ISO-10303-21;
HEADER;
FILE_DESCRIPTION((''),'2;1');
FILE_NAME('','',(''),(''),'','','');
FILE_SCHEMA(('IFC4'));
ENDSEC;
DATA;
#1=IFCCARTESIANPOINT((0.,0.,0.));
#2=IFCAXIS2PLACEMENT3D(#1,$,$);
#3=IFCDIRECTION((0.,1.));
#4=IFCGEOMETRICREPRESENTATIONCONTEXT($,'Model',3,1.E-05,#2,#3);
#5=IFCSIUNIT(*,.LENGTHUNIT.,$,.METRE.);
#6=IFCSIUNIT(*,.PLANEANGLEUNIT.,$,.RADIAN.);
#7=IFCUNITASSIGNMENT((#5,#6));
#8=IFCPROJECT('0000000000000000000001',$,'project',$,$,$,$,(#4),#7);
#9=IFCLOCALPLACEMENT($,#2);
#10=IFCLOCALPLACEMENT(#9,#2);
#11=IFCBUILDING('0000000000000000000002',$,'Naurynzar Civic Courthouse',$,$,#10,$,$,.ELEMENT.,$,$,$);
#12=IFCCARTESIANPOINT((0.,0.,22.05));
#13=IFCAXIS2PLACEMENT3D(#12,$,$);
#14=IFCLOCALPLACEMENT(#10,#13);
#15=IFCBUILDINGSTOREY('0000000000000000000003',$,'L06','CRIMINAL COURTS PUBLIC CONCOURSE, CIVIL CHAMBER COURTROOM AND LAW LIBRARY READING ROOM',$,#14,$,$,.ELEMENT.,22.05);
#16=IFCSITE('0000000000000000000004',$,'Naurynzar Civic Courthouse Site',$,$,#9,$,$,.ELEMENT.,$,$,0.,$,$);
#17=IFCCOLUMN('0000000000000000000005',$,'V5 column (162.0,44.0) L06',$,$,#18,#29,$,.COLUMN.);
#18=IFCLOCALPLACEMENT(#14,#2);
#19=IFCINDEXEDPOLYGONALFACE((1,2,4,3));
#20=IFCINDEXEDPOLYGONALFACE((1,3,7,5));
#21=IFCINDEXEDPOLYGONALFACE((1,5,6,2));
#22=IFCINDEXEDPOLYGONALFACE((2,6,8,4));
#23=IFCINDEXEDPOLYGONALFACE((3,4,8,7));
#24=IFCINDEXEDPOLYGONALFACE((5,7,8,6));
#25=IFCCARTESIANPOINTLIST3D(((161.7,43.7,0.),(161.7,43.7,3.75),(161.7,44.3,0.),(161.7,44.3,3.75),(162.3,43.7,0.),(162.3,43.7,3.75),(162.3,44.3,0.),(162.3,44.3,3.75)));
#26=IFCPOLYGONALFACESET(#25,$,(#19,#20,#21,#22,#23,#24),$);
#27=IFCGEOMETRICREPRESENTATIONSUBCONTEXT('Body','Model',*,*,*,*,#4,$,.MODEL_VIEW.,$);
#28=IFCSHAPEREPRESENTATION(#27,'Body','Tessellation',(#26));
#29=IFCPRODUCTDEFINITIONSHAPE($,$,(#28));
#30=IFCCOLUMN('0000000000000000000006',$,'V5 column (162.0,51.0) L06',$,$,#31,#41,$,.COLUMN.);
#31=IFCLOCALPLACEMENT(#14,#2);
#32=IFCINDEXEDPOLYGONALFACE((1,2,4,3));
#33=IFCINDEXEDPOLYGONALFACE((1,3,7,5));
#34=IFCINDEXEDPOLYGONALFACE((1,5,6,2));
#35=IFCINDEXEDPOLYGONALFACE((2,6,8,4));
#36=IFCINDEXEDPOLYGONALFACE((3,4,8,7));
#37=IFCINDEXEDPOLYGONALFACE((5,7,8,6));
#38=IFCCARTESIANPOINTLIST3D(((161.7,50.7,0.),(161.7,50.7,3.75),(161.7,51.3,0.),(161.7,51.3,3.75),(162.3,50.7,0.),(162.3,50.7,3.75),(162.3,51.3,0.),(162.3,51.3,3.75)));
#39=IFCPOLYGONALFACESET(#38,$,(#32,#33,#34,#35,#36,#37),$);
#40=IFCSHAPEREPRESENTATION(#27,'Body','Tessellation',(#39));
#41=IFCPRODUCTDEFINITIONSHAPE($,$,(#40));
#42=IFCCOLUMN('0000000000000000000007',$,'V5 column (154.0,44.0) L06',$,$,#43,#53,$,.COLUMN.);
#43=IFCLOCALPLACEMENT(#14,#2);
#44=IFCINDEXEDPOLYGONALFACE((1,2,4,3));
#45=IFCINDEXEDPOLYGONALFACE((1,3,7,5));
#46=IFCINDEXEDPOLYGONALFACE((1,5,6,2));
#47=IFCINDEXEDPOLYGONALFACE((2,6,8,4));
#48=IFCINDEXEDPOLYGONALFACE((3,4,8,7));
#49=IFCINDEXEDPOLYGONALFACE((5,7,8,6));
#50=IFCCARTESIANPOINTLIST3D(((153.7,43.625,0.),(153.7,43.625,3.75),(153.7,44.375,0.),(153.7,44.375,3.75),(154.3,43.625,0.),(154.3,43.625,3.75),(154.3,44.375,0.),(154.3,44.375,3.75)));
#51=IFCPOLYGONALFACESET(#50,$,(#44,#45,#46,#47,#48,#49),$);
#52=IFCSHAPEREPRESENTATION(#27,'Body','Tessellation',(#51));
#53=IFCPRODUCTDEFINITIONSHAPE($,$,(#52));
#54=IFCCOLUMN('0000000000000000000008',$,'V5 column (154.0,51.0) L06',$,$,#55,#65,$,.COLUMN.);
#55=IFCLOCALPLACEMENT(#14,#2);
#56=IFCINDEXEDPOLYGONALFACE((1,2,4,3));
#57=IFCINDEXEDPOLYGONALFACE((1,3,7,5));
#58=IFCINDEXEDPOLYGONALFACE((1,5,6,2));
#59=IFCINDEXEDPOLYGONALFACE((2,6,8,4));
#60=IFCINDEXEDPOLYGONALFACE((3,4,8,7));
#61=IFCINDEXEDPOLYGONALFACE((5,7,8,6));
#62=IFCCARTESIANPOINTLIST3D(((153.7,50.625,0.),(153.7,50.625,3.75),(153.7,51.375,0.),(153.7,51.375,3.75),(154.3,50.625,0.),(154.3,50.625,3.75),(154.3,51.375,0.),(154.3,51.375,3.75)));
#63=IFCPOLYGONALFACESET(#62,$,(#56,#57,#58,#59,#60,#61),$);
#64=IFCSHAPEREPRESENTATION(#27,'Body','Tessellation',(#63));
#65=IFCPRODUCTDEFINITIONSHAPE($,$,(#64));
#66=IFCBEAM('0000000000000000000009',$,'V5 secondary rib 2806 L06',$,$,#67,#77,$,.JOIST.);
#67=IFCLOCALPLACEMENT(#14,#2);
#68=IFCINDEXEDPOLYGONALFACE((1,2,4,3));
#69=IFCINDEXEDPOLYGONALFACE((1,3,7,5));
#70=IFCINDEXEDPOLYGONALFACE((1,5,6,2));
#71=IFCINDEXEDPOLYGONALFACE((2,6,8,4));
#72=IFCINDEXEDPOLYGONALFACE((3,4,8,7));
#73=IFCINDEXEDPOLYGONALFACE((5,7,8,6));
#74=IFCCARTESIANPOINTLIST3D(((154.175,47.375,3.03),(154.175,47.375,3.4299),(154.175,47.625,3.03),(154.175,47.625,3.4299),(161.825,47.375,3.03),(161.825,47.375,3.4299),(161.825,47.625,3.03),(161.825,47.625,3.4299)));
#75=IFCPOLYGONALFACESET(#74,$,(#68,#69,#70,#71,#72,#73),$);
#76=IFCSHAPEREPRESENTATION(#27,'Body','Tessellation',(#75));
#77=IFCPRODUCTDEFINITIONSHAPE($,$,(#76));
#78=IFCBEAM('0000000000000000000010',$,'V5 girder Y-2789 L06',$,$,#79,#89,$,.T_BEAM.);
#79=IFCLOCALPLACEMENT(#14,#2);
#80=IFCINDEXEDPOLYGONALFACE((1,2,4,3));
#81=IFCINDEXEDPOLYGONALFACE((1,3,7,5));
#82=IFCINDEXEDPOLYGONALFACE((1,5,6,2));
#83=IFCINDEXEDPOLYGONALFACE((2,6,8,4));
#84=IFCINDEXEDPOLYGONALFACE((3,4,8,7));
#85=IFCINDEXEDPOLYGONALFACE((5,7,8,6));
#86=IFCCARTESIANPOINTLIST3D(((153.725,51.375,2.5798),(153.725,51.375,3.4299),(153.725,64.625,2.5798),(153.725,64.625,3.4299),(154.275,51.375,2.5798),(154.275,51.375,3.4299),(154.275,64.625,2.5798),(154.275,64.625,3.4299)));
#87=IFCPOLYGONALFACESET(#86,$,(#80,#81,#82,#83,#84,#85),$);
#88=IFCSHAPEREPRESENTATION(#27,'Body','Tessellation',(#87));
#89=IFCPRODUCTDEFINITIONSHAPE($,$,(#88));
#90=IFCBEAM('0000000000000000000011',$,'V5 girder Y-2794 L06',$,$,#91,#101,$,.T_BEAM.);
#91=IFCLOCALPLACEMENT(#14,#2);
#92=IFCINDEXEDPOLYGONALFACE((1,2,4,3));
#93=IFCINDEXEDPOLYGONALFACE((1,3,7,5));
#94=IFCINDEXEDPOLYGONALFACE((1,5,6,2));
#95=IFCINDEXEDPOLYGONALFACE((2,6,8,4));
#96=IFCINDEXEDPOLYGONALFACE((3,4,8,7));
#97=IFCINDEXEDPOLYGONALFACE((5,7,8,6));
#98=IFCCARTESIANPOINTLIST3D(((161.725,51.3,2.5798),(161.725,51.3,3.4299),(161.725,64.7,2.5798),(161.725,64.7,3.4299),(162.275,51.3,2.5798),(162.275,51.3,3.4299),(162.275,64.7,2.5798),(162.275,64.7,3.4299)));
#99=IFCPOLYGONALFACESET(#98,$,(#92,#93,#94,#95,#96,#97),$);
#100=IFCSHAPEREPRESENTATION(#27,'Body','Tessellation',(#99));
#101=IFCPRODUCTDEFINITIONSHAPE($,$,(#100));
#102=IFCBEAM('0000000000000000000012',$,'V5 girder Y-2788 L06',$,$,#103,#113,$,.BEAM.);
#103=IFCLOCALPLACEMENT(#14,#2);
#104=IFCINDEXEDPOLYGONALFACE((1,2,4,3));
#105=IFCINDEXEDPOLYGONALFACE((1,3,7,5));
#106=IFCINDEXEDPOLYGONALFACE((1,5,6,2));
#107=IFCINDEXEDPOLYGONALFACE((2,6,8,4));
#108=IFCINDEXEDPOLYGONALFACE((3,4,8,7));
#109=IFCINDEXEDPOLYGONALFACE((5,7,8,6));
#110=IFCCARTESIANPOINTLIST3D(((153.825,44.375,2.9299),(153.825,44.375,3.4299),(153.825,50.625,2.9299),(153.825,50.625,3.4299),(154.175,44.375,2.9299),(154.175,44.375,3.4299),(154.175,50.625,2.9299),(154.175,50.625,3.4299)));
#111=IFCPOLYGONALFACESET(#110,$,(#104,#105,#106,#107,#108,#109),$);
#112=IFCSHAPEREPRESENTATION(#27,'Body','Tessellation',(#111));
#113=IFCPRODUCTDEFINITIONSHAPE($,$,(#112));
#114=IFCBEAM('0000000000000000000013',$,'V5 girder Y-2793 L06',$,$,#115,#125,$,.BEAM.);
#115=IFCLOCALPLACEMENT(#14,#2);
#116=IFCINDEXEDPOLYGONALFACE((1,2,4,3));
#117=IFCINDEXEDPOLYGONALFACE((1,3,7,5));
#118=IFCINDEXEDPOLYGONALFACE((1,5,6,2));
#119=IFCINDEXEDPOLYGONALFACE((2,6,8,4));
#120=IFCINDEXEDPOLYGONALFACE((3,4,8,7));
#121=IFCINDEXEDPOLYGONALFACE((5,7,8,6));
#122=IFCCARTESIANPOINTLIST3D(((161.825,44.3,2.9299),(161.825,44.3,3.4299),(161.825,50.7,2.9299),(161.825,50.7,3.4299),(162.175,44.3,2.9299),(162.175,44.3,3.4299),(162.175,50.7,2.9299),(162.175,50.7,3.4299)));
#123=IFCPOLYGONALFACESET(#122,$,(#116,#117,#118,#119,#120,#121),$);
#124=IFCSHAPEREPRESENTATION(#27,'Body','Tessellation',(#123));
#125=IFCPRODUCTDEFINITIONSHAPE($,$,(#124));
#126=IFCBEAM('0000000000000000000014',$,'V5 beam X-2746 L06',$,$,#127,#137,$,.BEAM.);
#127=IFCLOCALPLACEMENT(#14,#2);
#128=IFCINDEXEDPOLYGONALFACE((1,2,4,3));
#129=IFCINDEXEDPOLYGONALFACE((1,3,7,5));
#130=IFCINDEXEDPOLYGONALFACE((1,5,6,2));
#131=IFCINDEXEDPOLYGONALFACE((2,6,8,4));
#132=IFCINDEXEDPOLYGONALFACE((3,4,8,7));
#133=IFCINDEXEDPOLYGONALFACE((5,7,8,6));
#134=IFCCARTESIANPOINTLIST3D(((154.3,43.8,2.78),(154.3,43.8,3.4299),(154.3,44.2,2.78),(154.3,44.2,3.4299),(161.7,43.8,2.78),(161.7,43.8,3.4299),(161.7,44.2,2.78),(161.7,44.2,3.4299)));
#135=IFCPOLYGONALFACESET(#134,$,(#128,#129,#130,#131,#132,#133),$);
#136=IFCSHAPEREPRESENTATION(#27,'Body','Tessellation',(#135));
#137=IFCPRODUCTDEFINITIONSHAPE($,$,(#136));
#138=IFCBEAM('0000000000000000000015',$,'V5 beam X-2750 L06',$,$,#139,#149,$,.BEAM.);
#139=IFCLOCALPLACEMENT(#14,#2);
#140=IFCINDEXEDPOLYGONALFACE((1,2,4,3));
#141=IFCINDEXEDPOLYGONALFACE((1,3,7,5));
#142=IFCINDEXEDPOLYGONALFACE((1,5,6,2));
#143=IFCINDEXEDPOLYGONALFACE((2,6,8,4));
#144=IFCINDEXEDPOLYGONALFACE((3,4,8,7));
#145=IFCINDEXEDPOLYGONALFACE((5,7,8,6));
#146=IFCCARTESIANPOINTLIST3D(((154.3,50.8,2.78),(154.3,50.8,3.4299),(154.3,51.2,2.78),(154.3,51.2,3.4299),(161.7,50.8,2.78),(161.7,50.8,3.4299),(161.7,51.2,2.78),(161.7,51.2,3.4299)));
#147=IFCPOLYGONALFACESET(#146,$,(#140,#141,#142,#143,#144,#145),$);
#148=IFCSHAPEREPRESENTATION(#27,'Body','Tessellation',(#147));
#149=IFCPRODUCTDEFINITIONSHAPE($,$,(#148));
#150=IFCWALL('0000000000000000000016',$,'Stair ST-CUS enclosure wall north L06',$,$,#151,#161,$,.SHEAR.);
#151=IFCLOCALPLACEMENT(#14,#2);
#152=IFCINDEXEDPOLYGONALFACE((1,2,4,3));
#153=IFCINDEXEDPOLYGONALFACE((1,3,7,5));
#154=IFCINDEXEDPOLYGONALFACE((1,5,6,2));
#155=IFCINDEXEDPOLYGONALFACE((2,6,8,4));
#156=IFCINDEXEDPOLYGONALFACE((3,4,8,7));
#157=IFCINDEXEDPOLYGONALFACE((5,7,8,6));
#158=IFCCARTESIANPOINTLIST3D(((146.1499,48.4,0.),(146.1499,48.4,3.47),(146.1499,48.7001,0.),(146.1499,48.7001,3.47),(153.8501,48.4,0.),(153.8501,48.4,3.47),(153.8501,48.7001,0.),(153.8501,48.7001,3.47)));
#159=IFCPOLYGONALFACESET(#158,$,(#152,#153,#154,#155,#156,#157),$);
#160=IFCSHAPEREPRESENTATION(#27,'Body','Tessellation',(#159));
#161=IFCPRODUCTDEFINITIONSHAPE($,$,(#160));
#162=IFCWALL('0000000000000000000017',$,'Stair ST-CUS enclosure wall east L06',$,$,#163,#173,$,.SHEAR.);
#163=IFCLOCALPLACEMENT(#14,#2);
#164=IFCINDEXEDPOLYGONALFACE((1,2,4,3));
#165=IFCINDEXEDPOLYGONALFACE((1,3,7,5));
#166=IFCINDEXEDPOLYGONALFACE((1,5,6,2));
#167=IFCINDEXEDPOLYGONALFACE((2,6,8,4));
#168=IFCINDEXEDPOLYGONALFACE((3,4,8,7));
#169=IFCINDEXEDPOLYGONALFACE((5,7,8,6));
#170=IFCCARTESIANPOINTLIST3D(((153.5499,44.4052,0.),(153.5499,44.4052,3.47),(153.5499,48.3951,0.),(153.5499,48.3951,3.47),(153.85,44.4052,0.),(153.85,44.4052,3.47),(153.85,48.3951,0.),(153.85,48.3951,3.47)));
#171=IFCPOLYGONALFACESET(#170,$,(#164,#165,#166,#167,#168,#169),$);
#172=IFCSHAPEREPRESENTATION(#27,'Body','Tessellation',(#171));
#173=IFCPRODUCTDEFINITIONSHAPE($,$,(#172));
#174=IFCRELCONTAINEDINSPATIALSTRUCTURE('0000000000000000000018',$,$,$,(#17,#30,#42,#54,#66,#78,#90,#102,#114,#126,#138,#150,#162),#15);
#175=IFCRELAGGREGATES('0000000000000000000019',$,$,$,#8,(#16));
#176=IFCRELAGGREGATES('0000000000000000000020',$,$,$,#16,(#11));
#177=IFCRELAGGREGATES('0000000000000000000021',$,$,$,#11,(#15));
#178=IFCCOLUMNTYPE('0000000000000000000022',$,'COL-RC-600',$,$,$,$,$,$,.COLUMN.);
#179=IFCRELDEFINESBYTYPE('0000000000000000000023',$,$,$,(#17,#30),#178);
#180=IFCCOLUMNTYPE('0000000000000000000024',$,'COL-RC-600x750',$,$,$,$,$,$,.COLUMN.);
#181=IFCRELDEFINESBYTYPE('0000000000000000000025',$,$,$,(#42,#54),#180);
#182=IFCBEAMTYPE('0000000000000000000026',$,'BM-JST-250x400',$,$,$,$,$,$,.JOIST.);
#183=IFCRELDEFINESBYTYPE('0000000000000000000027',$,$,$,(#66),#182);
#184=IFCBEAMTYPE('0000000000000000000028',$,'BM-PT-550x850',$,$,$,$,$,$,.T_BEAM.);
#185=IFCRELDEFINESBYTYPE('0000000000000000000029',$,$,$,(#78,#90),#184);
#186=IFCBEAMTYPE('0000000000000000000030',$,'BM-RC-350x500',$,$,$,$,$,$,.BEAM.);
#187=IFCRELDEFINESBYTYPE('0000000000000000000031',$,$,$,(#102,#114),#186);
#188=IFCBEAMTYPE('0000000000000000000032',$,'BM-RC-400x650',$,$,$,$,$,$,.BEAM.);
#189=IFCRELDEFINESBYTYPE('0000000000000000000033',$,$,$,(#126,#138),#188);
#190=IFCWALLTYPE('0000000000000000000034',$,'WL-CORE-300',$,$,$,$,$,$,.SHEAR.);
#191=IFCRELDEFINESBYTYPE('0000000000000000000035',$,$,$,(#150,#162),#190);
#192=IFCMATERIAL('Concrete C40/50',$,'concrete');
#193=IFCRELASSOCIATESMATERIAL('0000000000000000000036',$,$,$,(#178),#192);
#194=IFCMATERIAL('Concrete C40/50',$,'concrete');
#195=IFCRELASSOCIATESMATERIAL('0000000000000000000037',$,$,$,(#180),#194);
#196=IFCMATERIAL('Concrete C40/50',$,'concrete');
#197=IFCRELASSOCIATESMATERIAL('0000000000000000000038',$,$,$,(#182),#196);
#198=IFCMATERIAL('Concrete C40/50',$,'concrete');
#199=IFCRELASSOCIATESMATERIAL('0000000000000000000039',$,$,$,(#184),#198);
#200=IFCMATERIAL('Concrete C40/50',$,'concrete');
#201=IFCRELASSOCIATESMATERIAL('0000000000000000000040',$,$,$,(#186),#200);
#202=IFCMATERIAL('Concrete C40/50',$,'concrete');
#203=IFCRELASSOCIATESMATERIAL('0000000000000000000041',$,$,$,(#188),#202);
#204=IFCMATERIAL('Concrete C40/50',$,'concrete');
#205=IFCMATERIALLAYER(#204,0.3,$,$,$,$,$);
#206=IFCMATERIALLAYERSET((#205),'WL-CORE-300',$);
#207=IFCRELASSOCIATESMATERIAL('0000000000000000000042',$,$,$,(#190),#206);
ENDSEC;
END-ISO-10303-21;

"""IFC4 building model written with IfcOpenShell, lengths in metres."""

from ifc_helpers import new_model, si_unit, direction, frame, frame_2d, origin, origin_2d, place, context, subcontext, project, spatial, rectangle, extrude, material, layer, layer_set, material_profile, profile_set, type_object, element, save


model = new_model("IFC4")

# Units and contexts
model_context = context("Model", 3, precision=1e-05, world=origin(), true_north=direction((0.0, 1.0)))
body_context = subcontext(model_context, "Body", "Model", "MODEL_VIEW")
ifc_project = project(units=[si_unit("LENGTHUNIT", "METRE"), si_unit("PLANEANGLEUNIT", "RADIAN")], contexts=[model_context])

# Site, building, storey
site_placement = place(None, origin())
site = spatial("IfcSite", under=ifc_project, at=site_placement, Name="Naurynzar Civic Courthouse Site", CompositionType="ELEMENT", RefElevation=0.0)
building_placement = place(site_placement, origin())
building = spatial("IfcBuilding", under=site, at=building_placement, Name="Naurynzar Civic Courthouse", CompositionType="ELEMENT")
storey_placement = place(building_placement, frame((0.0, 0.0, 22.05)))
storey = spatial("IfcBuildingStorey", under=building, at=storey_placement, Name="L06", Description="CRIMINAL COURTS PUBLIC CONCOURSE, CIVIL CHAMBER COURTROOM AND LAW LIBRARY READING ROOM", CompositionType="ELEMENT", Elevation=22.05)

# Columns
ifc_material_1 = material(Name="Concrete C40/50", Category="concrete")
ifc_material_profile_1 = material_profile(ifc_material_1, rectangle(XDim=0.6001, YDim=0.6001, at=origin_2d()), Name="RC 600x600")
ifc_profile_set_1 = profile_set([ifc_material_profile_1], Name="Concrete C40/50")
column_type_1 = type_object("IfcColumnType", Name="COL-RC-600", PredefinedType="COLUMN", material=ifc_profile_set_1)
for number, where, z_axis, x_axis, name in (
    (1, (162.0, 44.0, 0.0), (0.0, 0.0, 1.0), (1.0, 0.0, 0.0), "V5 column (162.0,44.0) L06"),
    (2, (162.0, 51.0, 0.0), (0.0, 0.0, 1.0), (1.0, 0.0, 0.0), "V5 column (162.0,51.0) L06"),
):
    element("IfcColumn", number, at=place(storey_placement, frame(where, z_axis=z_axis, x_axis=x_axis)), inside=storey, type_object=column_type_1, Name=name, PredefinedType="COLUMN", context=body_context, shape_type="SweptSolid", body=[
        extrude(rectangle(XDim=0.6001, YDim=0.6001, at=origin_2d()), origin(), (0.0, 0.0, 1.0), 3.75),
    ])
ifc_material_2 = material(Name="Concrete C40/50", Category="concrete")
ifc_material_profile_2 = material_profile(ifc_material_2, rectangle(XDim=0.6001, YDim=0.75, at=origin_2d()), Name="RC 600x750")
ifc_profile_set_2 = profile_set([ifc_material_profile_2], Name="Concrete C40/50")
column_type_2 = type_object("IfcColumnType", Name="COL-RC-600x750", PredefinedType="COLUMN", material=ifc_profile_set_2)
for number, where, z_axis, x_axis, name in (
    (3, (154.0, 44.0, 0.0), (0.0, 0.0, 1.0), (1.0, 0.0, 0.0), "V5 column (154.0,44.0) L06"),
    (4, (154.0, 51.0, 0.0), (0.0, 0.0, 1.0), (1.0, 0.0, 0.0), "V5 column (154.0,51.0) L06"),
):
    element("IfcColumn", number, at=place(storey_placement, frame(where, z_axis=z_axis, x_axis=x_axis)), inside=storey, type_object=column_type_2, Name=name, PredefinedType="COLUMN", context=body_context, shape_type="SweptSolid", body=[
        extrude(rectangle(XDim=0.6001, YDim=0.75, at=origin_2d()), origin(), (0.0, 0.0, 1.0), 3.75),
    ])

# Beams
ifc_material_3 = material(Name="Concrete C40/50", Category="concrete")
ifc_material_profile_3 = material_profile(ifc_material_3, rectangle(XDim=0.25, YDim=0.3999, at=origin_2d()), Name="RCB 250x400")
ifc_profile_set_3 = profile_set([ifc_material_profile_3], Name="Concrete C40/50")
beam_type_1 = type_object("IfcBeamType", Name="BM-JST-250x400", PredefinedType="JOIST", material=ifc_profile_set_3)
beam_1_placement = place(storey_placement, frame((154.175, 47.5, 3.23), z_axis=(1.0, 0.0, 0.0), x_axis=(0.0, 1.0, 0.0)))
element("IfcBeam", 5, at=beam_1_placement, inside=storey, type_object=beam_type_1, Name="V5 secondary rib 2806 L06", PredefinedType="JOIST", context=body_context, shape_type="SweptSolid", body=[
    extrude(rectangle(XDim=0.25, YDim=0.3999, at=origin_2d()), origin(), (0.0, 0.0, 1.0), 7.6499),
])
ifc_material_4 = material(Name="Concrete C40/50", Category="concrete")
ifc_material_profile_4 = material_profile(ifc_material_4, rectangle(XDim=0.55, YDim=0.8501, at=origin_2d()), Name="PTB 550x850")
ifc_profile_set_4 = profile_set([ifc_material_profile_4], Name="Concrete C40/50")
beam_type_2 = type_object("IfcBeamType", Name="BM-PT-550x850", PredefinedType="T_BEAM", material=ifc_profile_set_4)
beam_2_placement = place(storey_placement, frame((154.0, 51.375, 3.0049), z_axis=(0.0, 1.0, 0.0), x_axis=(-1.0, 0.0, 0.0)))
element("IfcBeam", 6, at=beam_2_placement, inside=storey, type_object=beam_type_2, Name="V5 girder Y-2789 L06", PredefinedType="T_BEAM", context=body_context, shape_type="SweptSolid", body=[
    extrude(rectangle(XDim=0.55, YDim=0.8501, at=origin_2d()), origin(), (0.0, 0.0, 1.0), 13.25),
])
beam_3_placement = place(storey_placement, frame((162.0, 51.3, 3.0049), z_axis=(0.0, 1.0, 0.0), x_axis=(-1.0, 0.0, 0.0)))
element("IfcBeam", 7, at=beam_3_placement, inside=storey, type_object=beam_type_2, Name="V5 girder Y-2794 L06", PredefinedType="T_BEAM", context=body_context, shape_type="SweptSolid", body=[
    extrude(rectangle(XDim=0.55, YDim=0.8501, at=origin_2d()), origin(), (0.0, 0.0, 1.0), 13.3999),
])
ifc_material_5 = material(Name="Concrete C40/50", Category="concrete")
ifc_material_profile_5 = material_profile(ifc_material_5, rectangle(XDim=0.3501, YDim=0.5, at=origin_2d()), Name="RCB 350x500")
ifc_profile_set_5 = profile_set([ifc_material_profile_5], Name="Concrete C40/50")
beam_type_3 = type_object("IfcBeamType", Name="BM-RC-350x500", PredefinedType="BEAM", material=ifc_profile_set_5)
beam_4_placement = place(storey_placement, frame((154.0, 44.375, 3.1799), z_axis=(0.0, 1.0, 0.0), x_axis=(-1.0, 0.0, 0.0)))
element("IfcBeam", 8, at=beam_4_placement, inside=storey, type_object=beam_type_3, Name="V5 girder Y-2788 L06", PredefinedType="BEAM", context=body_context, shape_type="SweptSolid", body=[
    extrude(rectangle(XDim=0.3501, YDim=0.5, at=origin_2d()), origin(), (0.0, 0.0, 1.0), 6.25),
])
beam_5_placement = place(storey_placement, frame((162.0, 44.3, 3.1799), z_axis=(0.0, 1.0, 0.0), x_axis=(-1.0, 0.0, 0.0)))
element("IfcBeam", 9, at=beam_5_placement, inside=storey, type_object=beam_type_3, Name="V5 girder Y-2793 L06", PredefinedType="BEAM", context=body_context, shape_type="SweptSolid", body=[
    extrude(rectangle(XDim=0.3501, YDim=0.5, at=origin_2d()), origin(), (0.0, 0.0, 1.0), 6.3999),
])
ifc_material_6 = material(Name="Concrete C40/50", Category="concrete")
ifc_material_profile_6 = material_profile(ifc_material_6, rectangle(XDim=0.3999, YDim=0.6499, at=origin_2d()), Name="RCB 400x650")
ifc_profile_set_6 = profile_set([ifc_material_profile_6], Name="Concrete C40/50")
beam_type_4 = type_object("IfcBeamType", Name="BM-RC-400x650", PredefinedType="BEAM", material=ifc_profile_set_6)
for number, where, z_axis, x_axis, name in (
    (10, (154.3, 44.0, 3.105), (1.0, 0.0, 0.0), (0.0, 1.0, 0.0), "V5 beam X-2746 L06"),
    (11, (154.3, 51.0, 3.105), (1.0, 0.0, 0.0), (0.0, 1.0, 0.0), "V5 beam X-2750 L06"),
):
    element("IfcBeam", number, at=place(storey_placement, frame(where, z_axis=z_axis, x_axis=x_axis)), inside=storey, type_object=beam_type_4, Name=name, PredefinedType="BEAM", context=body_context, shape_type="SweptSolid", body=[
        extrude(rectangle(XDim=0.3999, YDim=0.6499, at=origin_2d()), origin(), (0.0, 0.0, 1.0), 7.3999),
    ])

# Walls
ifc_material_7 = material(Name="Concrete C40/50", Category="concrete")
ifc_layer_1 = layer(ifc_material_7, 0.3)
ifc_layer_set_1 = layer_set([ifc_layer_1], Name="WL-CORE-300")
wall_type_1 = type_object("IfcWallType", Name="WL-CORE-300", PredefinedType="SHEAR", material=ifc_layer_set_1)
wall_1_placement = place(storey_placement, frame((153.8501, 48.55, 0.0), z_axis=(0.0, 0.0, 1.0), x_axis=(-1.0, 0.0, 0.0)))
element("IfcWall", 12, at=wall_1_placement, inside=storey, type_object=wall_type_1, Name="Stair ST-CUS enclosure wall north L06", PredefinedType="SHEAR", context=body_context, shape_type="SweptSolid", body=[
    extrude(rectangle(XDim=7.7002, YDim=0.3, at=frame_2d((3.8501, 0.0))), origin(), (0.0, 0.0, 1.0), 3.47),
])
wall_2_placement = place(storey_placement, frame((153.7, 44.405, 0.0), z_axis=(0.0, 0.0, 1.0), x_axis=(0.0, 1.0, 0.0)))
element("IfcWall", 13, at=wall_2_placement, inside=storey, type_object=wall_type_1, Name="Stair ST-CUS enclosure wall east L06", PredefinedType="SHEAR", context=body_context, shape_type="SweptSolid", body=[
    extrude(rectangle(XDim=3.99, YDim=0.3, at=frame_2d((1.9951, 0.0))), origin(), (0.0, 0.0, 1.0), 3.47),
])

save(model, "model.ifc")
